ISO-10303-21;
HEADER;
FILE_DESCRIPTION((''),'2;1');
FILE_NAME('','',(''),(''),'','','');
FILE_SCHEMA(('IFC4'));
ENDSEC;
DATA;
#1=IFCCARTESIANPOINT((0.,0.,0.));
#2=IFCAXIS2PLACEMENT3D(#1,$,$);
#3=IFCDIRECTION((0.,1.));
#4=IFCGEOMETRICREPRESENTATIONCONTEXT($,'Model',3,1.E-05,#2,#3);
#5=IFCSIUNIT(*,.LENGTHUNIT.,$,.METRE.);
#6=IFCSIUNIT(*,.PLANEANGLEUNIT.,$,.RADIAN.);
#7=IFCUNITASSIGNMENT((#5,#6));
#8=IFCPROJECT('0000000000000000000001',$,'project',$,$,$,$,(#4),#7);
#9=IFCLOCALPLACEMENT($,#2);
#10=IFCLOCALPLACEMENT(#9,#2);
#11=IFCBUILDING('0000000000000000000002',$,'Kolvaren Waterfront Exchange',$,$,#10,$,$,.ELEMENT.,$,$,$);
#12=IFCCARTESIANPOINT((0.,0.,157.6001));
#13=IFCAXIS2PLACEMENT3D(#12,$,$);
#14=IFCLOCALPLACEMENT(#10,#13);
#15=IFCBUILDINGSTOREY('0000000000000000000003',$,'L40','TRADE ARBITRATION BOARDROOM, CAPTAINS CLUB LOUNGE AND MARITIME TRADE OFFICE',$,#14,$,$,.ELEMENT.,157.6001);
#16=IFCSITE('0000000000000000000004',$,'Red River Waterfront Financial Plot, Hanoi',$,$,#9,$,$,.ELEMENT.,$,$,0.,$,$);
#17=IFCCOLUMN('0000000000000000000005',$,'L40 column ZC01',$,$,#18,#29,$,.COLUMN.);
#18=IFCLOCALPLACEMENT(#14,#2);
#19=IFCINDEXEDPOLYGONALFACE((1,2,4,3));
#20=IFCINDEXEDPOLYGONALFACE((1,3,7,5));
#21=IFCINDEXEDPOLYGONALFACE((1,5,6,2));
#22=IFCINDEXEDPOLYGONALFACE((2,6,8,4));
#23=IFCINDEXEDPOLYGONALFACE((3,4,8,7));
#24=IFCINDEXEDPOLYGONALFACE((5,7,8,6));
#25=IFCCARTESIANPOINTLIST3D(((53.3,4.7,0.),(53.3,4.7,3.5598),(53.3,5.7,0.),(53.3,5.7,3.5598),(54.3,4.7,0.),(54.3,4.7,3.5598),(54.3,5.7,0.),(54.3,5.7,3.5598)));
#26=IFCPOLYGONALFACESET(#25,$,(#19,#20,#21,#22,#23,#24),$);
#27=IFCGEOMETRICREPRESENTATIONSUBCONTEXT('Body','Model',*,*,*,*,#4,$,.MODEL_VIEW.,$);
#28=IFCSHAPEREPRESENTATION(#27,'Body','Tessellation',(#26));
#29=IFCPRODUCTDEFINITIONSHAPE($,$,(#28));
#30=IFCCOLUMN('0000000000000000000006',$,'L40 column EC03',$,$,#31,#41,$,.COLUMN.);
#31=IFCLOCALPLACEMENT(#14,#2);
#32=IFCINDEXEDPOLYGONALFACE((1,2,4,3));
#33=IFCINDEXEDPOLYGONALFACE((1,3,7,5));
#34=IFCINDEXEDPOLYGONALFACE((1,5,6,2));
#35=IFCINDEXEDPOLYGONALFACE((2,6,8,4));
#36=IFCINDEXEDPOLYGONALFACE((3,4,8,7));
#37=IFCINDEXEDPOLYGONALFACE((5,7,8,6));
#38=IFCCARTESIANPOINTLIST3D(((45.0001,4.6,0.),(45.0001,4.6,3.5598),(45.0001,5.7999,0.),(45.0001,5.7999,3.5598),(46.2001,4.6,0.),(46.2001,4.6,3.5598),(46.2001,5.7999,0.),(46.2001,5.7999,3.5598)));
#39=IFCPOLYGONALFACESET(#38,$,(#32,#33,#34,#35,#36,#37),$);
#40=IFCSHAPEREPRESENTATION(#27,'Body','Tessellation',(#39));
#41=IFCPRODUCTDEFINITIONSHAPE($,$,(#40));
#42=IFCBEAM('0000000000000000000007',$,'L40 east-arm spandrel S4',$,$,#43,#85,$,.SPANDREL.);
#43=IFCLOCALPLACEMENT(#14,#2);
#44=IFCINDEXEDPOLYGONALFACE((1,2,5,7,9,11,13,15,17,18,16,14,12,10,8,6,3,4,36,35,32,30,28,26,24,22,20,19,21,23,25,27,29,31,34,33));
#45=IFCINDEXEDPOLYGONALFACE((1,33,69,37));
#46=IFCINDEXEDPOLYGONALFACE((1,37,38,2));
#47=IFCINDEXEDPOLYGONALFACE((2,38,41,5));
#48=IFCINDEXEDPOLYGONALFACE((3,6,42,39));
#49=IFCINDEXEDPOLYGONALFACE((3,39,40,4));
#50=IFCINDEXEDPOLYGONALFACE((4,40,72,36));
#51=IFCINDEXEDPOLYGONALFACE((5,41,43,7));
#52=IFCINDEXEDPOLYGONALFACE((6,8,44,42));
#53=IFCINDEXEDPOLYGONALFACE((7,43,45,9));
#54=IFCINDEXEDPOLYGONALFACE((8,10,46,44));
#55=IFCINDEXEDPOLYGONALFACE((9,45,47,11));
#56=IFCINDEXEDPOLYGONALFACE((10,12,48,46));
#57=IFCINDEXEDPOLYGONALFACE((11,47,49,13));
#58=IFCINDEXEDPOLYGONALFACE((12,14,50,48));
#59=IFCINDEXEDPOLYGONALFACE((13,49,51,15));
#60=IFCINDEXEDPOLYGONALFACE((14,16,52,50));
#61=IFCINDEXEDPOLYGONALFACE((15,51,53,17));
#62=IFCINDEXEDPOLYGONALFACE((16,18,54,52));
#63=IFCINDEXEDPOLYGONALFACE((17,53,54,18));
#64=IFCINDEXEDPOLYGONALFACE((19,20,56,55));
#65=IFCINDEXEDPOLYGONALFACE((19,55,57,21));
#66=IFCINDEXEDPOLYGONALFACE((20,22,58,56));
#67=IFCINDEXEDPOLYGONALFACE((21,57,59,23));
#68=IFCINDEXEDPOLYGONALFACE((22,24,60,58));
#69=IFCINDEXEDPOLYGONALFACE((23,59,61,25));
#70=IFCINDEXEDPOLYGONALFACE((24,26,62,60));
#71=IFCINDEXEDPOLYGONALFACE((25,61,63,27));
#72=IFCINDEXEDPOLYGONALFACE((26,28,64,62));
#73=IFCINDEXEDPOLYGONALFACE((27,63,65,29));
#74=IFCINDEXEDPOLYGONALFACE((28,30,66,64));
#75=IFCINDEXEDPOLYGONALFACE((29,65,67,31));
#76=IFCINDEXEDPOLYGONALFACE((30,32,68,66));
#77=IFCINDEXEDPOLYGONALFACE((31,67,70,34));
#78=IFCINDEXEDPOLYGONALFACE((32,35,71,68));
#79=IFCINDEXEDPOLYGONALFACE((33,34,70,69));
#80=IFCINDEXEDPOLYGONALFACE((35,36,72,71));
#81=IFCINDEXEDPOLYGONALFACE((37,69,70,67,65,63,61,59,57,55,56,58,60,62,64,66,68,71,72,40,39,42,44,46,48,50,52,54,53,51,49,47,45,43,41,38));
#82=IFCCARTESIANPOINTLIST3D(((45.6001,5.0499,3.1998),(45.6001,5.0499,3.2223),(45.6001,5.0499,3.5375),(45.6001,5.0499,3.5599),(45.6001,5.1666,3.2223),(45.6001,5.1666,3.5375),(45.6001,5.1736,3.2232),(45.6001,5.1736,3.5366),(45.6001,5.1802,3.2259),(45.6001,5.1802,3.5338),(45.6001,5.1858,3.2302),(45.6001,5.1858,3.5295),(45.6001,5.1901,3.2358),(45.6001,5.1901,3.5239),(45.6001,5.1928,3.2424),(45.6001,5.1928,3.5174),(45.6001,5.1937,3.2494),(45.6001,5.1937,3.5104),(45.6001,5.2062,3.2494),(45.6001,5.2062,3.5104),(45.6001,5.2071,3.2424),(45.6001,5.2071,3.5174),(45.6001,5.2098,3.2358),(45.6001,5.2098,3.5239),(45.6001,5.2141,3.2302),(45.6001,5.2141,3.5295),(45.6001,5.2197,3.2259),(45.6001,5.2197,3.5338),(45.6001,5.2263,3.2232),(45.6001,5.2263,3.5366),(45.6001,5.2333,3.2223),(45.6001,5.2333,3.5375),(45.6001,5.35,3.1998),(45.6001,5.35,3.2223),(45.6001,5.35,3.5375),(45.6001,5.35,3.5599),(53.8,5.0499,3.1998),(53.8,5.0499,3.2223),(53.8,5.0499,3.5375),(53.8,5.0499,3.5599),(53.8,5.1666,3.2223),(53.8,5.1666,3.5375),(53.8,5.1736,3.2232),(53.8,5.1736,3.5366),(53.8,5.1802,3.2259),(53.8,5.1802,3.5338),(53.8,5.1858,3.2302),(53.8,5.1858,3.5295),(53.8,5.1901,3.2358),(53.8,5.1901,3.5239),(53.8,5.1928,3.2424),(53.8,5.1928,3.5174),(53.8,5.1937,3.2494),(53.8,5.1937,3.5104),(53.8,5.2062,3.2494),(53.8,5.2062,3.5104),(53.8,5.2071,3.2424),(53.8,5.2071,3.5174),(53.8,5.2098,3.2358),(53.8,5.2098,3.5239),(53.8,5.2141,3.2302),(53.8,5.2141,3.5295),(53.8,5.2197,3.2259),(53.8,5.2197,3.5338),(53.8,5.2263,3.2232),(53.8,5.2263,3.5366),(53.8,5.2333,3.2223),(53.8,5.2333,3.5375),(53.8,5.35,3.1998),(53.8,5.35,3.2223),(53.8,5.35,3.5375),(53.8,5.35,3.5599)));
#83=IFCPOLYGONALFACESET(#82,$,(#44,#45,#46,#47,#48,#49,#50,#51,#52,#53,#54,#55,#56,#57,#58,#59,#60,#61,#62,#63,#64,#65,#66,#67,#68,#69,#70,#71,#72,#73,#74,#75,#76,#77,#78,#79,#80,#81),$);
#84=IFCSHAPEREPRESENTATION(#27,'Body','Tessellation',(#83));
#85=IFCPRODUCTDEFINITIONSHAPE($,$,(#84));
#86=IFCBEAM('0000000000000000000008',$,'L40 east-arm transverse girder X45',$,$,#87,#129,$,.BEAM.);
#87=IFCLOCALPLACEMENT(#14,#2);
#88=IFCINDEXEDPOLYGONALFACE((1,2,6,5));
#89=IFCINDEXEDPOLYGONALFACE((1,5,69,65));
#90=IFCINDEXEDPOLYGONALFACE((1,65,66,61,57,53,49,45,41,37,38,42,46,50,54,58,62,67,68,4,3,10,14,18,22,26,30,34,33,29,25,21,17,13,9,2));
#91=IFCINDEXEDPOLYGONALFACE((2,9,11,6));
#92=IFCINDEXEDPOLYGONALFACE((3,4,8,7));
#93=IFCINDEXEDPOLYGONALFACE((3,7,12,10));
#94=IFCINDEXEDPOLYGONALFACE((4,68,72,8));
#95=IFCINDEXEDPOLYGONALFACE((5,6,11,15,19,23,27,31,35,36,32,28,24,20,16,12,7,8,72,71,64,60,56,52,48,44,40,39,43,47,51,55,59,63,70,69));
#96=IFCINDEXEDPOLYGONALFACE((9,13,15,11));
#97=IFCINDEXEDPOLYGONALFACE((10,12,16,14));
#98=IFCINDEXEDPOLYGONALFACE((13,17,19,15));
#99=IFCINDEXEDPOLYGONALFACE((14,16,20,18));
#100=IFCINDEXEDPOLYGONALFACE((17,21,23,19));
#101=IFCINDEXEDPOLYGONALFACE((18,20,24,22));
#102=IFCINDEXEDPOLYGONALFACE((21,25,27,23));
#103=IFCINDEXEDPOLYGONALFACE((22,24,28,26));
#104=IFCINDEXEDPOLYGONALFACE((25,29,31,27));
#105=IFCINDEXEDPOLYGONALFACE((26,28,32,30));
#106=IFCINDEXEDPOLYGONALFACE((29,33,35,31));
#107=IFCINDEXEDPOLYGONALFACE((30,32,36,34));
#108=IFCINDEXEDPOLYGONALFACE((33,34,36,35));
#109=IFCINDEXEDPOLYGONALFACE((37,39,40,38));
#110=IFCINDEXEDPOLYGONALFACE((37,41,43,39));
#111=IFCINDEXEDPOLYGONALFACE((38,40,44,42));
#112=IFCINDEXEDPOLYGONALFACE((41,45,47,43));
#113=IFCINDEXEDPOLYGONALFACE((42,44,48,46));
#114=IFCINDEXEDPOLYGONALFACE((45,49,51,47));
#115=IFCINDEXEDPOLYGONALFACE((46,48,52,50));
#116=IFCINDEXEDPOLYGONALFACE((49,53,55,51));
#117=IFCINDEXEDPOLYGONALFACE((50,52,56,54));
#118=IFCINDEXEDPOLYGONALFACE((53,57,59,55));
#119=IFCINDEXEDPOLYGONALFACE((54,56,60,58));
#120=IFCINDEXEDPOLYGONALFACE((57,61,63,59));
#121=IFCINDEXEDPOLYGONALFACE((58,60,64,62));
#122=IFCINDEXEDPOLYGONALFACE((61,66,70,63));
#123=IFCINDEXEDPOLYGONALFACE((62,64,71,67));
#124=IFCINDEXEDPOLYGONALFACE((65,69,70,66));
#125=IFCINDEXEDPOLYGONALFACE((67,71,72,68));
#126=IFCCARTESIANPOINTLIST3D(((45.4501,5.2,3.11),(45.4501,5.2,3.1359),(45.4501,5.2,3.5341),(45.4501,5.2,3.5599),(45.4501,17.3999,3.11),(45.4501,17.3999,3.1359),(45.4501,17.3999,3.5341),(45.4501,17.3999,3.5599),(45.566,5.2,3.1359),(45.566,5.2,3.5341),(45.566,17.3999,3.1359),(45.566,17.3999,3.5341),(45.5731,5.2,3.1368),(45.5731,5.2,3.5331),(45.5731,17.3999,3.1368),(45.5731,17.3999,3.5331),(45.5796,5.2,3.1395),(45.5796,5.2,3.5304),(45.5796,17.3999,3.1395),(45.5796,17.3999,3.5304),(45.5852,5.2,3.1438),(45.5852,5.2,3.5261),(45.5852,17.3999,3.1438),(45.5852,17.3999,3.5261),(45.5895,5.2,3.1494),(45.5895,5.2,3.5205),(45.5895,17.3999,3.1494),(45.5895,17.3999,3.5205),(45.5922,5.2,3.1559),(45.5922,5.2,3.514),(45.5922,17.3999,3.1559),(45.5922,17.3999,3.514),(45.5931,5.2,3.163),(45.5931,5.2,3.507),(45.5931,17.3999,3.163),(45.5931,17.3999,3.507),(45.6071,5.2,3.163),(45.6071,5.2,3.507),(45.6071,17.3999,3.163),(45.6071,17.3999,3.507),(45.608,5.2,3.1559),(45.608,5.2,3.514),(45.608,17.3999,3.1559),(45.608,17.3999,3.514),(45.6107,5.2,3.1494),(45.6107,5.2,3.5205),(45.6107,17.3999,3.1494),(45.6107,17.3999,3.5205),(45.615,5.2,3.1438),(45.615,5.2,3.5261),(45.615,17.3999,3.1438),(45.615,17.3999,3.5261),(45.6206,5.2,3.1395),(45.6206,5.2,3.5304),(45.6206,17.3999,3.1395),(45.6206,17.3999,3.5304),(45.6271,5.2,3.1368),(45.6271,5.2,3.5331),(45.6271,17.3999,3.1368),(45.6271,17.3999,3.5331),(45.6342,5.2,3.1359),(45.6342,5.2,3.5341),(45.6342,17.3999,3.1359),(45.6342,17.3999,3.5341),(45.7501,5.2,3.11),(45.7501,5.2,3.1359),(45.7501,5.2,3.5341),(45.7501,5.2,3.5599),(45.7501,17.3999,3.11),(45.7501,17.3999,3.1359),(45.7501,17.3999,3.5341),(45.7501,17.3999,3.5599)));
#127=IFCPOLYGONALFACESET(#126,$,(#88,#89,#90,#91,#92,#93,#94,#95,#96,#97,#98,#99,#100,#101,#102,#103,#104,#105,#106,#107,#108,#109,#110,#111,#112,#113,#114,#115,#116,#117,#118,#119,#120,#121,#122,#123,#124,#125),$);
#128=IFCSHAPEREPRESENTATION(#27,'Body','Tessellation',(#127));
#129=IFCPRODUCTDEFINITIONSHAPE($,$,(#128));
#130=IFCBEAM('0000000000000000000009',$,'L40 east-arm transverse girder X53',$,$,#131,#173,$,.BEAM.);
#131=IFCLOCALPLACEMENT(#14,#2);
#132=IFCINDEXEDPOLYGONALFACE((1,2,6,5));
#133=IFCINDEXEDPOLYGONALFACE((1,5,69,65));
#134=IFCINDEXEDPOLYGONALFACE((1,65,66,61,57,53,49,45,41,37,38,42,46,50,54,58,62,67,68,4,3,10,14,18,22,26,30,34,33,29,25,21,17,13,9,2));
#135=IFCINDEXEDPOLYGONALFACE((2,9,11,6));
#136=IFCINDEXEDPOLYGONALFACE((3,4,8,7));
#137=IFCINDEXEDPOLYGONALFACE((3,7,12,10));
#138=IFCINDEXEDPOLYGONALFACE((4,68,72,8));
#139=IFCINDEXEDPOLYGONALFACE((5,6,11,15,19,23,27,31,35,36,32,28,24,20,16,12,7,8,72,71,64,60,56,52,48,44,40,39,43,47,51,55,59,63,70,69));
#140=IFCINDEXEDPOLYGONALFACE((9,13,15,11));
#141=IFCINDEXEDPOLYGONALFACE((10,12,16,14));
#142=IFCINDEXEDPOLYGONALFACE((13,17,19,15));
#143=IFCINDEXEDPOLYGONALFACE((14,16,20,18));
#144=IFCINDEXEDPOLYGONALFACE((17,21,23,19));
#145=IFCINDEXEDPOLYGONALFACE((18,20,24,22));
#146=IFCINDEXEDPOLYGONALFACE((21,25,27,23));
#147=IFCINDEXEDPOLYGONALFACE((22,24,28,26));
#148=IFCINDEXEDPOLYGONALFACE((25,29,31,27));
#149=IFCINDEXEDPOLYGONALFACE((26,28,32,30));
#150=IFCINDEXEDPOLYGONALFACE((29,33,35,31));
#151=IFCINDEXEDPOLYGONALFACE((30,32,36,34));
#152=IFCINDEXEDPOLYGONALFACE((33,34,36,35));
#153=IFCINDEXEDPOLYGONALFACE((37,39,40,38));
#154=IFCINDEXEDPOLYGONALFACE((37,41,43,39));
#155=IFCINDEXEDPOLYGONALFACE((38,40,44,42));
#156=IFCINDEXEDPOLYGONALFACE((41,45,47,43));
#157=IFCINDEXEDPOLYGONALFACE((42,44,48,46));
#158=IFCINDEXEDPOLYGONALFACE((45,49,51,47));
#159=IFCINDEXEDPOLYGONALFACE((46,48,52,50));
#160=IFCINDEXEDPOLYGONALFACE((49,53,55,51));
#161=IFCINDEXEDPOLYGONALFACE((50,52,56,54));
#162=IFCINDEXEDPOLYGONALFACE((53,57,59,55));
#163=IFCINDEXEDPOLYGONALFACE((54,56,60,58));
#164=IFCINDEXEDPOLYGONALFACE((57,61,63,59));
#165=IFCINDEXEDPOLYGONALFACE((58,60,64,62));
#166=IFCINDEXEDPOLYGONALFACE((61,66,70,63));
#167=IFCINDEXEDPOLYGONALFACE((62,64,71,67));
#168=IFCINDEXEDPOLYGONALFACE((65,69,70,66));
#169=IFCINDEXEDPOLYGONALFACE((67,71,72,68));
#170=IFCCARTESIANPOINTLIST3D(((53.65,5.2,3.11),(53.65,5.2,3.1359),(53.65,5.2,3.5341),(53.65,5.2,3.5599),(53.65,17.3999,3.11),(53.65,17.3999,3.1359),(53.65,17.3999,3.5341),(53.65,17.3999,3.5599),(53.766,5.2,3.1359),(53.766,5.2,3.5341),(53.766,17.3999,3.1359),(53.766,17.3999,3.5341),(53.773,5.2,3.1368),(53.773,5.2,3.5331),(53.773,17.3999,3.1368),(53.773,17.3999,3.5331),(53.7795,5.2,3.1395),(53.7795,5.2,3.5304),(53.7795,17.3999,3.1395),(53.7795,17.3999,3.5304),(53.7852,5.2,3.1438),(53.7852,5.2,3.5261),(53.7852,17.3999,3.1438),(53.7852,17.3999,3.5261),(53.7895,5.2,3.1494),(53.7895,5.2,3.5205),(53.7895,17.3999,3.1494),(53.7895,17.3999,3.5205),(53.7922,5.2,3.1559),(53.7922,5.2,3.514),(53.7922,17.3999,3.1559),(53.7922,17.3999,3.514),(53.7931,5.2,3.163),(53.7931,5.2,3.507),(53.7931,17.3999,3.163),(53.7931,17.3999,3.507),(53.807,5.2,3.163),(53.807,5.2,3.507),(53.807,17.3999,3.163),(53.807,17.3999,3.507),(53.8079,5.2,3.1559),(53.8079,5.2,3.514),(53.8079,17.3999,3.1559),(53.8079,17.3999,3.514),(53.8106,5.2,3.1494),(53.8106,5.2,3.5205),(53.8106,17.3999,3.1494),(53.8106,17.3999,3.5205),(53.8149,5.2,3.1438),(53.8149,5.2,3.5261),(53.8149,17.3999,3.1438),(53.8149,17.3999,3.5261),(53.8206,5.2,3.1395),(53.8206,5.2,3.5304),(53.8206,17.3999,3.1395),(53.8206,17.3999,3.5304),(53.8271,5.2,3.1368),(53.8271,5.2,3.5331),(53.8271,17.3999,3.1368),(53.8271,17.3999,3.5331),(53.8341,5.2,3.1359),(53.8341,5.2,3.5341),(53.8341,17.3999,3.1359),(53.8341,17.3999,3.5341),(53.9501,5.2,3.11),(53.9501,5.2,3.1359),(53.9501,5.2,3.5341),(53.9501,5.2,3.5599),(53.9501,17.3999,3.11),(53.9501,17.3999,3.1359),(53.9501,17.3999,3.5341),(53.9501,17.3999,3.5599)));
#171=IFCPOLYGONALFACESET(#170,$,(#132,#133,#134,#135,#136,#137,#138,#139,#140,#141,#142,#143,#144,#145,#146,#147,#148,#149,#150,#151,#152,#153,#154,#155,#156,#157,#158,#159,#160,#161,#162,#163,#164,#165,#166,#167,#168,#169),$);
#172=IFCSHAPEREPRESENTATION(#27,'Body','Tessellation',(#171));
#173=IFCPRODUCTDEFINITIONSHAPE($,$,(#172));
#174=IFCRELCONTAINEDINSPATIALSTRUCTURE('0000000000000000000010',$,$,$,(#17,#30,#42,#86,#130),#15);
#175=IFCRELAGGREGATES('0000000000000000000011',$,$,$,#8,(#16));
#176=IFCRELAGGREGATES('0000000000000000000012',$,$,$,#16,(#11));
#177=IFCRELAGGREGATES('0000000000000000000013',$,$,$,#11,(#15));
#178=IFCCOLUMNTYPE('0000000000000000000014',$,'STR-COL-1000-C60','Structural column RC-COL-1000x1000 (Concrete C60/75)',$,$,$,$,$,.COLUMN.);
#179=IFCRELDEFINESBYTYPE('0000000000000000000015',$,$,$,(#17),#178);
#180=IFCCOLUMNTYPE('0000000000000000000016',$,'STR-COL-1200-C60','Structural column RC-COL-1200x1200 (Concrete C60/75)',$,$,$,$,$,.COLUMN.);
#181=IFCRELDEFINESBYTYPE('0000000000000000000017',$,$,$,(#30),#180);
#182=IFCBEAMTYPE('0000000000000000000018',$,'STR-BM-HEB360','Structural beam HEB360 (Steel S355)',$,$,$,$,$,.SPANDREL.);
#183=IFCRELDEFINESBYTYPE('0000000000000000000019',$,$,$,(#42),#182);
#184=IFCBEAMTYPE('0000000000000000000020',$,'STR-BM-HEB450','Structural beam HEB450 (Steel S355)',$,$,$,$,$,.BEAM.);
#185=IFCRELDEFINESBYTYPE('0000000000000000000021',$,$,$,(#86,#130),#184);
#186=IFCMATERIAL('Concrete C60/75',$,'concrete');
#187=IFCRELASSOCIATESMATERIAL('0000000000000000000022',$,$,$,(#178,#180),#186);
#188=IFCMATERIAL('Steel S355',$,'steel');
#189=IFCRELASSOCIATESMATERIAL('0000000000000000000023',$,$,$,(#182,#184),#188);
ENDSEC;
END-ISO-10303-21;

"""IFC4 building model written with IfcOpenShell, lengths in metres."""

from ifc_helpers import new_model, si_unit, direction, frame, origin, origin_2d, place, context, subcontext, project, spatial, rectangle, i_section, extrude, material, material_profile, profile_set, type_object, element, save


model = new_model("IFC4")

# Units and contexts
model_context = context("Model", 3, precision=1e-05, world=origin(), true_north=direction((0.0, 1.0)))
body_context = subcontext(model_context, "Body", "Model", "MODEL_VIEW")
ifc_project = project(units=[si_unit("LENGTHUNIT", "METRE"), si_unit("PLANEANGLEUNIT", "RADIAN")], contexts=[model_context])

# Site, building, storey
site_placement = place(None, origin())
site = spatial("IfcSite", under=ifc_project, at=site_placement, Name="Red River Waterfront Financial Plot, Hanoi", CompositionType="ELEMENT", RefElevation=0.0)
building_placement = place(site_placement, origin())
building = spatial("IfcBuilding", under=site, at=building_placement, Name="Kolvaren Waterfront Exchange", CompositionType="ELEMENT")
storey_placement = place(building_placement, frame((0.0, 0.0, 157.6001)))
storey = spatial("IfcBuildingStorey", under=building, at=storey_placement, Name="L40", Description="TRADE ARBITRATION BOARDROOM, CAPTAINS CLUB LOUNGE AND MARITIME TRADE OFFICE", CompositionType="ELEMENT", Elevation=157.6001)

# Columns
ifc_material_1 = material(Name="Concrete C60/75", Category="concrete")
ifc_material_profile_1 = material_profile(ifc_material_1, rectangle(XDim=1.0, YDim=1.0, at=origin_2d()), Name="RC-COL-1000x1000")
ifc_profile_set_1 = profile_set([ifc_material_profile_1], Name="Concrete C60/75")
column_type_1 = type_object("IfcColumnType", Name="STR-COL-1000-C60", Description="Structural column RC-COL-1000x1000 (Concrete C60/75)", PredefinedType="COLUMN", material=ifc_profile_set_1)
column_1_placement = place(storey_placement, frame((53.8, 5.2, 0.0), z_axis=(0.0, 0.0, 1.0), x_axis=(1.0, 0.0, 0.0)))
element("IfcColumn", 1, at=column_1_placement, inside=storey, type_object=column_type_1, Name="L40 column ZC01", PredefinedType="COLUMN", context=body_context, shape_type="SweptSolid", body=[
    extrude(rectangle(XDim=1.0, YDim=1.0, at=origin_2d()), origin(), (0.0, 0.0, 1.0), 3.5598),
])
ifc_material_profile_2 = material_profile(ifc_material_1, rectangle(XDim=1.2, YDim=1.2, at=origin_2d()), Name="RC-COL-1200x1200")
ifc_profile_set_2 = profile_set([ifc_material_profile_2], Name="Concrete C60/75")
column_type_2 = type_object("IfcColumnType", Name="STR-COL-1200-C60", Description="Structural column RC-COL-1200x1200 (Concrete C60/75)", PredefinedType="COLUMN", material=ifc_profile_set_2)
column_2_placement = place(storey_placement, frame((45.6001, 5.2, 0.0), z_axis=(0.0, 0.0, 1.0), x_axis=(1.0, 0.0, 0.0)))
element("IfcColumn", 2, at=column_2_placement, inside=storey, type_object=column_type_2, Name="L40 column EC03", PredefinedType="COLUMN", context=body_context, shape_type="SweptSolid", body=[
    extrude(rectangle(XDim=1.2, YDim=1.2, at=origin_2d()), origin(), (0.0, 0.0, 1.0), 3.5598),
])

# Beams
ifc_material_2 = material(Name="Steel S355", Category="steel")
ifc_material_profile_3 = material_profile(ifc_material_2, i_section(OverallWidth=0.3, OverallDepth=0.3601, WebThickness=0.0125, FlangeThickness=0.0225, FilletRadius=0.0271, at=origin_2d()), Name="HEB360")
ifc_profile_set_3 = profile_set([ifc_material_profile_3], Name="Steel S355")
beam_type_1 = type_object("IfcBeamType", Name="STR-BM-HEB360", Description="Structural beam HEB360 (Steel S355)", PredefinedType="SPANDREL", material=ifc_profile_set_3)
beam_1_placement = place(storey_placement, frame((45.6001, 5.2, 3.3799), z_axis=(1.0, 0.0, 0.0), x_axis=(0.0, 1.0, 0.0)))
element("IfcBeam", 3, at=beam_1_placement, inside=storey, type_object=beam_type_1, Name="L40 east-arm spandrel S4", PredefinedType="SPANDREL", context=body_context, shape_type="SweptSolid", body=[
    extrude(i_section(OverallWidth=0.3, OverallDepth=0.3601, WebThickness=0.0125, FlangeThickness=0.0225, FilletRadius=0.0271, at=origin_2d()), origin(), (0.0, 0.0, 1.0), 8.2),
])
ifc_material_profile_4 = material_profile(ifc_material_2, i_section(OverallWidth=0.3, OverallDepth=0.45, WebThickness=0.0139, FlangeThickness=0.0259, FilletRadius=0.0271, at=origin_2d()), Name="HEB450")
ifc_profile_set_4 = profile_set([ifc_material_profile_4], Name="Steel S355")
beam_type_2 = type_object("IfcBeamType", Name="STR-BM-HEB450", Description="Structural beam HEB450 (Steel S355)", PredefinedType="BEAM", material=ifc_profile_set_4)
for number, where, z_axis, x_axis, name in (
    (4, (45.6001, 5.2, 3.335), (0.0, 1.0, 0.0), (-1.0, 0.0, 0.0), "L40 east-arm transverse girder X45"),
    (5, (53.8, 5.2, 3.335), (0.0, 1.0, 0.0), (-1.0, 0.0, 0.0), "L40 east-arm transverse girder X53"),
):
    element("IfcBeam", number, at=place(storey_placement, frame(where, z_axis=z_axis, x_axis=x_axis)), inside=storey, type_object=beam_type_2, Name=name, PredefinedType="BEAM", context=body_context, shape_type="SweptSolid", body=[
        extrude(i_section(OverallWidth=0.3, OverallDepth=0.45, WebThickness=0.0139, FlangeThickness=0.0259, FilletRadius=0.0271, at=origin_2d()), origin(), (0.0, 0.0, 1.0), 12.2),
    ])

save(model, "model.ifc")
